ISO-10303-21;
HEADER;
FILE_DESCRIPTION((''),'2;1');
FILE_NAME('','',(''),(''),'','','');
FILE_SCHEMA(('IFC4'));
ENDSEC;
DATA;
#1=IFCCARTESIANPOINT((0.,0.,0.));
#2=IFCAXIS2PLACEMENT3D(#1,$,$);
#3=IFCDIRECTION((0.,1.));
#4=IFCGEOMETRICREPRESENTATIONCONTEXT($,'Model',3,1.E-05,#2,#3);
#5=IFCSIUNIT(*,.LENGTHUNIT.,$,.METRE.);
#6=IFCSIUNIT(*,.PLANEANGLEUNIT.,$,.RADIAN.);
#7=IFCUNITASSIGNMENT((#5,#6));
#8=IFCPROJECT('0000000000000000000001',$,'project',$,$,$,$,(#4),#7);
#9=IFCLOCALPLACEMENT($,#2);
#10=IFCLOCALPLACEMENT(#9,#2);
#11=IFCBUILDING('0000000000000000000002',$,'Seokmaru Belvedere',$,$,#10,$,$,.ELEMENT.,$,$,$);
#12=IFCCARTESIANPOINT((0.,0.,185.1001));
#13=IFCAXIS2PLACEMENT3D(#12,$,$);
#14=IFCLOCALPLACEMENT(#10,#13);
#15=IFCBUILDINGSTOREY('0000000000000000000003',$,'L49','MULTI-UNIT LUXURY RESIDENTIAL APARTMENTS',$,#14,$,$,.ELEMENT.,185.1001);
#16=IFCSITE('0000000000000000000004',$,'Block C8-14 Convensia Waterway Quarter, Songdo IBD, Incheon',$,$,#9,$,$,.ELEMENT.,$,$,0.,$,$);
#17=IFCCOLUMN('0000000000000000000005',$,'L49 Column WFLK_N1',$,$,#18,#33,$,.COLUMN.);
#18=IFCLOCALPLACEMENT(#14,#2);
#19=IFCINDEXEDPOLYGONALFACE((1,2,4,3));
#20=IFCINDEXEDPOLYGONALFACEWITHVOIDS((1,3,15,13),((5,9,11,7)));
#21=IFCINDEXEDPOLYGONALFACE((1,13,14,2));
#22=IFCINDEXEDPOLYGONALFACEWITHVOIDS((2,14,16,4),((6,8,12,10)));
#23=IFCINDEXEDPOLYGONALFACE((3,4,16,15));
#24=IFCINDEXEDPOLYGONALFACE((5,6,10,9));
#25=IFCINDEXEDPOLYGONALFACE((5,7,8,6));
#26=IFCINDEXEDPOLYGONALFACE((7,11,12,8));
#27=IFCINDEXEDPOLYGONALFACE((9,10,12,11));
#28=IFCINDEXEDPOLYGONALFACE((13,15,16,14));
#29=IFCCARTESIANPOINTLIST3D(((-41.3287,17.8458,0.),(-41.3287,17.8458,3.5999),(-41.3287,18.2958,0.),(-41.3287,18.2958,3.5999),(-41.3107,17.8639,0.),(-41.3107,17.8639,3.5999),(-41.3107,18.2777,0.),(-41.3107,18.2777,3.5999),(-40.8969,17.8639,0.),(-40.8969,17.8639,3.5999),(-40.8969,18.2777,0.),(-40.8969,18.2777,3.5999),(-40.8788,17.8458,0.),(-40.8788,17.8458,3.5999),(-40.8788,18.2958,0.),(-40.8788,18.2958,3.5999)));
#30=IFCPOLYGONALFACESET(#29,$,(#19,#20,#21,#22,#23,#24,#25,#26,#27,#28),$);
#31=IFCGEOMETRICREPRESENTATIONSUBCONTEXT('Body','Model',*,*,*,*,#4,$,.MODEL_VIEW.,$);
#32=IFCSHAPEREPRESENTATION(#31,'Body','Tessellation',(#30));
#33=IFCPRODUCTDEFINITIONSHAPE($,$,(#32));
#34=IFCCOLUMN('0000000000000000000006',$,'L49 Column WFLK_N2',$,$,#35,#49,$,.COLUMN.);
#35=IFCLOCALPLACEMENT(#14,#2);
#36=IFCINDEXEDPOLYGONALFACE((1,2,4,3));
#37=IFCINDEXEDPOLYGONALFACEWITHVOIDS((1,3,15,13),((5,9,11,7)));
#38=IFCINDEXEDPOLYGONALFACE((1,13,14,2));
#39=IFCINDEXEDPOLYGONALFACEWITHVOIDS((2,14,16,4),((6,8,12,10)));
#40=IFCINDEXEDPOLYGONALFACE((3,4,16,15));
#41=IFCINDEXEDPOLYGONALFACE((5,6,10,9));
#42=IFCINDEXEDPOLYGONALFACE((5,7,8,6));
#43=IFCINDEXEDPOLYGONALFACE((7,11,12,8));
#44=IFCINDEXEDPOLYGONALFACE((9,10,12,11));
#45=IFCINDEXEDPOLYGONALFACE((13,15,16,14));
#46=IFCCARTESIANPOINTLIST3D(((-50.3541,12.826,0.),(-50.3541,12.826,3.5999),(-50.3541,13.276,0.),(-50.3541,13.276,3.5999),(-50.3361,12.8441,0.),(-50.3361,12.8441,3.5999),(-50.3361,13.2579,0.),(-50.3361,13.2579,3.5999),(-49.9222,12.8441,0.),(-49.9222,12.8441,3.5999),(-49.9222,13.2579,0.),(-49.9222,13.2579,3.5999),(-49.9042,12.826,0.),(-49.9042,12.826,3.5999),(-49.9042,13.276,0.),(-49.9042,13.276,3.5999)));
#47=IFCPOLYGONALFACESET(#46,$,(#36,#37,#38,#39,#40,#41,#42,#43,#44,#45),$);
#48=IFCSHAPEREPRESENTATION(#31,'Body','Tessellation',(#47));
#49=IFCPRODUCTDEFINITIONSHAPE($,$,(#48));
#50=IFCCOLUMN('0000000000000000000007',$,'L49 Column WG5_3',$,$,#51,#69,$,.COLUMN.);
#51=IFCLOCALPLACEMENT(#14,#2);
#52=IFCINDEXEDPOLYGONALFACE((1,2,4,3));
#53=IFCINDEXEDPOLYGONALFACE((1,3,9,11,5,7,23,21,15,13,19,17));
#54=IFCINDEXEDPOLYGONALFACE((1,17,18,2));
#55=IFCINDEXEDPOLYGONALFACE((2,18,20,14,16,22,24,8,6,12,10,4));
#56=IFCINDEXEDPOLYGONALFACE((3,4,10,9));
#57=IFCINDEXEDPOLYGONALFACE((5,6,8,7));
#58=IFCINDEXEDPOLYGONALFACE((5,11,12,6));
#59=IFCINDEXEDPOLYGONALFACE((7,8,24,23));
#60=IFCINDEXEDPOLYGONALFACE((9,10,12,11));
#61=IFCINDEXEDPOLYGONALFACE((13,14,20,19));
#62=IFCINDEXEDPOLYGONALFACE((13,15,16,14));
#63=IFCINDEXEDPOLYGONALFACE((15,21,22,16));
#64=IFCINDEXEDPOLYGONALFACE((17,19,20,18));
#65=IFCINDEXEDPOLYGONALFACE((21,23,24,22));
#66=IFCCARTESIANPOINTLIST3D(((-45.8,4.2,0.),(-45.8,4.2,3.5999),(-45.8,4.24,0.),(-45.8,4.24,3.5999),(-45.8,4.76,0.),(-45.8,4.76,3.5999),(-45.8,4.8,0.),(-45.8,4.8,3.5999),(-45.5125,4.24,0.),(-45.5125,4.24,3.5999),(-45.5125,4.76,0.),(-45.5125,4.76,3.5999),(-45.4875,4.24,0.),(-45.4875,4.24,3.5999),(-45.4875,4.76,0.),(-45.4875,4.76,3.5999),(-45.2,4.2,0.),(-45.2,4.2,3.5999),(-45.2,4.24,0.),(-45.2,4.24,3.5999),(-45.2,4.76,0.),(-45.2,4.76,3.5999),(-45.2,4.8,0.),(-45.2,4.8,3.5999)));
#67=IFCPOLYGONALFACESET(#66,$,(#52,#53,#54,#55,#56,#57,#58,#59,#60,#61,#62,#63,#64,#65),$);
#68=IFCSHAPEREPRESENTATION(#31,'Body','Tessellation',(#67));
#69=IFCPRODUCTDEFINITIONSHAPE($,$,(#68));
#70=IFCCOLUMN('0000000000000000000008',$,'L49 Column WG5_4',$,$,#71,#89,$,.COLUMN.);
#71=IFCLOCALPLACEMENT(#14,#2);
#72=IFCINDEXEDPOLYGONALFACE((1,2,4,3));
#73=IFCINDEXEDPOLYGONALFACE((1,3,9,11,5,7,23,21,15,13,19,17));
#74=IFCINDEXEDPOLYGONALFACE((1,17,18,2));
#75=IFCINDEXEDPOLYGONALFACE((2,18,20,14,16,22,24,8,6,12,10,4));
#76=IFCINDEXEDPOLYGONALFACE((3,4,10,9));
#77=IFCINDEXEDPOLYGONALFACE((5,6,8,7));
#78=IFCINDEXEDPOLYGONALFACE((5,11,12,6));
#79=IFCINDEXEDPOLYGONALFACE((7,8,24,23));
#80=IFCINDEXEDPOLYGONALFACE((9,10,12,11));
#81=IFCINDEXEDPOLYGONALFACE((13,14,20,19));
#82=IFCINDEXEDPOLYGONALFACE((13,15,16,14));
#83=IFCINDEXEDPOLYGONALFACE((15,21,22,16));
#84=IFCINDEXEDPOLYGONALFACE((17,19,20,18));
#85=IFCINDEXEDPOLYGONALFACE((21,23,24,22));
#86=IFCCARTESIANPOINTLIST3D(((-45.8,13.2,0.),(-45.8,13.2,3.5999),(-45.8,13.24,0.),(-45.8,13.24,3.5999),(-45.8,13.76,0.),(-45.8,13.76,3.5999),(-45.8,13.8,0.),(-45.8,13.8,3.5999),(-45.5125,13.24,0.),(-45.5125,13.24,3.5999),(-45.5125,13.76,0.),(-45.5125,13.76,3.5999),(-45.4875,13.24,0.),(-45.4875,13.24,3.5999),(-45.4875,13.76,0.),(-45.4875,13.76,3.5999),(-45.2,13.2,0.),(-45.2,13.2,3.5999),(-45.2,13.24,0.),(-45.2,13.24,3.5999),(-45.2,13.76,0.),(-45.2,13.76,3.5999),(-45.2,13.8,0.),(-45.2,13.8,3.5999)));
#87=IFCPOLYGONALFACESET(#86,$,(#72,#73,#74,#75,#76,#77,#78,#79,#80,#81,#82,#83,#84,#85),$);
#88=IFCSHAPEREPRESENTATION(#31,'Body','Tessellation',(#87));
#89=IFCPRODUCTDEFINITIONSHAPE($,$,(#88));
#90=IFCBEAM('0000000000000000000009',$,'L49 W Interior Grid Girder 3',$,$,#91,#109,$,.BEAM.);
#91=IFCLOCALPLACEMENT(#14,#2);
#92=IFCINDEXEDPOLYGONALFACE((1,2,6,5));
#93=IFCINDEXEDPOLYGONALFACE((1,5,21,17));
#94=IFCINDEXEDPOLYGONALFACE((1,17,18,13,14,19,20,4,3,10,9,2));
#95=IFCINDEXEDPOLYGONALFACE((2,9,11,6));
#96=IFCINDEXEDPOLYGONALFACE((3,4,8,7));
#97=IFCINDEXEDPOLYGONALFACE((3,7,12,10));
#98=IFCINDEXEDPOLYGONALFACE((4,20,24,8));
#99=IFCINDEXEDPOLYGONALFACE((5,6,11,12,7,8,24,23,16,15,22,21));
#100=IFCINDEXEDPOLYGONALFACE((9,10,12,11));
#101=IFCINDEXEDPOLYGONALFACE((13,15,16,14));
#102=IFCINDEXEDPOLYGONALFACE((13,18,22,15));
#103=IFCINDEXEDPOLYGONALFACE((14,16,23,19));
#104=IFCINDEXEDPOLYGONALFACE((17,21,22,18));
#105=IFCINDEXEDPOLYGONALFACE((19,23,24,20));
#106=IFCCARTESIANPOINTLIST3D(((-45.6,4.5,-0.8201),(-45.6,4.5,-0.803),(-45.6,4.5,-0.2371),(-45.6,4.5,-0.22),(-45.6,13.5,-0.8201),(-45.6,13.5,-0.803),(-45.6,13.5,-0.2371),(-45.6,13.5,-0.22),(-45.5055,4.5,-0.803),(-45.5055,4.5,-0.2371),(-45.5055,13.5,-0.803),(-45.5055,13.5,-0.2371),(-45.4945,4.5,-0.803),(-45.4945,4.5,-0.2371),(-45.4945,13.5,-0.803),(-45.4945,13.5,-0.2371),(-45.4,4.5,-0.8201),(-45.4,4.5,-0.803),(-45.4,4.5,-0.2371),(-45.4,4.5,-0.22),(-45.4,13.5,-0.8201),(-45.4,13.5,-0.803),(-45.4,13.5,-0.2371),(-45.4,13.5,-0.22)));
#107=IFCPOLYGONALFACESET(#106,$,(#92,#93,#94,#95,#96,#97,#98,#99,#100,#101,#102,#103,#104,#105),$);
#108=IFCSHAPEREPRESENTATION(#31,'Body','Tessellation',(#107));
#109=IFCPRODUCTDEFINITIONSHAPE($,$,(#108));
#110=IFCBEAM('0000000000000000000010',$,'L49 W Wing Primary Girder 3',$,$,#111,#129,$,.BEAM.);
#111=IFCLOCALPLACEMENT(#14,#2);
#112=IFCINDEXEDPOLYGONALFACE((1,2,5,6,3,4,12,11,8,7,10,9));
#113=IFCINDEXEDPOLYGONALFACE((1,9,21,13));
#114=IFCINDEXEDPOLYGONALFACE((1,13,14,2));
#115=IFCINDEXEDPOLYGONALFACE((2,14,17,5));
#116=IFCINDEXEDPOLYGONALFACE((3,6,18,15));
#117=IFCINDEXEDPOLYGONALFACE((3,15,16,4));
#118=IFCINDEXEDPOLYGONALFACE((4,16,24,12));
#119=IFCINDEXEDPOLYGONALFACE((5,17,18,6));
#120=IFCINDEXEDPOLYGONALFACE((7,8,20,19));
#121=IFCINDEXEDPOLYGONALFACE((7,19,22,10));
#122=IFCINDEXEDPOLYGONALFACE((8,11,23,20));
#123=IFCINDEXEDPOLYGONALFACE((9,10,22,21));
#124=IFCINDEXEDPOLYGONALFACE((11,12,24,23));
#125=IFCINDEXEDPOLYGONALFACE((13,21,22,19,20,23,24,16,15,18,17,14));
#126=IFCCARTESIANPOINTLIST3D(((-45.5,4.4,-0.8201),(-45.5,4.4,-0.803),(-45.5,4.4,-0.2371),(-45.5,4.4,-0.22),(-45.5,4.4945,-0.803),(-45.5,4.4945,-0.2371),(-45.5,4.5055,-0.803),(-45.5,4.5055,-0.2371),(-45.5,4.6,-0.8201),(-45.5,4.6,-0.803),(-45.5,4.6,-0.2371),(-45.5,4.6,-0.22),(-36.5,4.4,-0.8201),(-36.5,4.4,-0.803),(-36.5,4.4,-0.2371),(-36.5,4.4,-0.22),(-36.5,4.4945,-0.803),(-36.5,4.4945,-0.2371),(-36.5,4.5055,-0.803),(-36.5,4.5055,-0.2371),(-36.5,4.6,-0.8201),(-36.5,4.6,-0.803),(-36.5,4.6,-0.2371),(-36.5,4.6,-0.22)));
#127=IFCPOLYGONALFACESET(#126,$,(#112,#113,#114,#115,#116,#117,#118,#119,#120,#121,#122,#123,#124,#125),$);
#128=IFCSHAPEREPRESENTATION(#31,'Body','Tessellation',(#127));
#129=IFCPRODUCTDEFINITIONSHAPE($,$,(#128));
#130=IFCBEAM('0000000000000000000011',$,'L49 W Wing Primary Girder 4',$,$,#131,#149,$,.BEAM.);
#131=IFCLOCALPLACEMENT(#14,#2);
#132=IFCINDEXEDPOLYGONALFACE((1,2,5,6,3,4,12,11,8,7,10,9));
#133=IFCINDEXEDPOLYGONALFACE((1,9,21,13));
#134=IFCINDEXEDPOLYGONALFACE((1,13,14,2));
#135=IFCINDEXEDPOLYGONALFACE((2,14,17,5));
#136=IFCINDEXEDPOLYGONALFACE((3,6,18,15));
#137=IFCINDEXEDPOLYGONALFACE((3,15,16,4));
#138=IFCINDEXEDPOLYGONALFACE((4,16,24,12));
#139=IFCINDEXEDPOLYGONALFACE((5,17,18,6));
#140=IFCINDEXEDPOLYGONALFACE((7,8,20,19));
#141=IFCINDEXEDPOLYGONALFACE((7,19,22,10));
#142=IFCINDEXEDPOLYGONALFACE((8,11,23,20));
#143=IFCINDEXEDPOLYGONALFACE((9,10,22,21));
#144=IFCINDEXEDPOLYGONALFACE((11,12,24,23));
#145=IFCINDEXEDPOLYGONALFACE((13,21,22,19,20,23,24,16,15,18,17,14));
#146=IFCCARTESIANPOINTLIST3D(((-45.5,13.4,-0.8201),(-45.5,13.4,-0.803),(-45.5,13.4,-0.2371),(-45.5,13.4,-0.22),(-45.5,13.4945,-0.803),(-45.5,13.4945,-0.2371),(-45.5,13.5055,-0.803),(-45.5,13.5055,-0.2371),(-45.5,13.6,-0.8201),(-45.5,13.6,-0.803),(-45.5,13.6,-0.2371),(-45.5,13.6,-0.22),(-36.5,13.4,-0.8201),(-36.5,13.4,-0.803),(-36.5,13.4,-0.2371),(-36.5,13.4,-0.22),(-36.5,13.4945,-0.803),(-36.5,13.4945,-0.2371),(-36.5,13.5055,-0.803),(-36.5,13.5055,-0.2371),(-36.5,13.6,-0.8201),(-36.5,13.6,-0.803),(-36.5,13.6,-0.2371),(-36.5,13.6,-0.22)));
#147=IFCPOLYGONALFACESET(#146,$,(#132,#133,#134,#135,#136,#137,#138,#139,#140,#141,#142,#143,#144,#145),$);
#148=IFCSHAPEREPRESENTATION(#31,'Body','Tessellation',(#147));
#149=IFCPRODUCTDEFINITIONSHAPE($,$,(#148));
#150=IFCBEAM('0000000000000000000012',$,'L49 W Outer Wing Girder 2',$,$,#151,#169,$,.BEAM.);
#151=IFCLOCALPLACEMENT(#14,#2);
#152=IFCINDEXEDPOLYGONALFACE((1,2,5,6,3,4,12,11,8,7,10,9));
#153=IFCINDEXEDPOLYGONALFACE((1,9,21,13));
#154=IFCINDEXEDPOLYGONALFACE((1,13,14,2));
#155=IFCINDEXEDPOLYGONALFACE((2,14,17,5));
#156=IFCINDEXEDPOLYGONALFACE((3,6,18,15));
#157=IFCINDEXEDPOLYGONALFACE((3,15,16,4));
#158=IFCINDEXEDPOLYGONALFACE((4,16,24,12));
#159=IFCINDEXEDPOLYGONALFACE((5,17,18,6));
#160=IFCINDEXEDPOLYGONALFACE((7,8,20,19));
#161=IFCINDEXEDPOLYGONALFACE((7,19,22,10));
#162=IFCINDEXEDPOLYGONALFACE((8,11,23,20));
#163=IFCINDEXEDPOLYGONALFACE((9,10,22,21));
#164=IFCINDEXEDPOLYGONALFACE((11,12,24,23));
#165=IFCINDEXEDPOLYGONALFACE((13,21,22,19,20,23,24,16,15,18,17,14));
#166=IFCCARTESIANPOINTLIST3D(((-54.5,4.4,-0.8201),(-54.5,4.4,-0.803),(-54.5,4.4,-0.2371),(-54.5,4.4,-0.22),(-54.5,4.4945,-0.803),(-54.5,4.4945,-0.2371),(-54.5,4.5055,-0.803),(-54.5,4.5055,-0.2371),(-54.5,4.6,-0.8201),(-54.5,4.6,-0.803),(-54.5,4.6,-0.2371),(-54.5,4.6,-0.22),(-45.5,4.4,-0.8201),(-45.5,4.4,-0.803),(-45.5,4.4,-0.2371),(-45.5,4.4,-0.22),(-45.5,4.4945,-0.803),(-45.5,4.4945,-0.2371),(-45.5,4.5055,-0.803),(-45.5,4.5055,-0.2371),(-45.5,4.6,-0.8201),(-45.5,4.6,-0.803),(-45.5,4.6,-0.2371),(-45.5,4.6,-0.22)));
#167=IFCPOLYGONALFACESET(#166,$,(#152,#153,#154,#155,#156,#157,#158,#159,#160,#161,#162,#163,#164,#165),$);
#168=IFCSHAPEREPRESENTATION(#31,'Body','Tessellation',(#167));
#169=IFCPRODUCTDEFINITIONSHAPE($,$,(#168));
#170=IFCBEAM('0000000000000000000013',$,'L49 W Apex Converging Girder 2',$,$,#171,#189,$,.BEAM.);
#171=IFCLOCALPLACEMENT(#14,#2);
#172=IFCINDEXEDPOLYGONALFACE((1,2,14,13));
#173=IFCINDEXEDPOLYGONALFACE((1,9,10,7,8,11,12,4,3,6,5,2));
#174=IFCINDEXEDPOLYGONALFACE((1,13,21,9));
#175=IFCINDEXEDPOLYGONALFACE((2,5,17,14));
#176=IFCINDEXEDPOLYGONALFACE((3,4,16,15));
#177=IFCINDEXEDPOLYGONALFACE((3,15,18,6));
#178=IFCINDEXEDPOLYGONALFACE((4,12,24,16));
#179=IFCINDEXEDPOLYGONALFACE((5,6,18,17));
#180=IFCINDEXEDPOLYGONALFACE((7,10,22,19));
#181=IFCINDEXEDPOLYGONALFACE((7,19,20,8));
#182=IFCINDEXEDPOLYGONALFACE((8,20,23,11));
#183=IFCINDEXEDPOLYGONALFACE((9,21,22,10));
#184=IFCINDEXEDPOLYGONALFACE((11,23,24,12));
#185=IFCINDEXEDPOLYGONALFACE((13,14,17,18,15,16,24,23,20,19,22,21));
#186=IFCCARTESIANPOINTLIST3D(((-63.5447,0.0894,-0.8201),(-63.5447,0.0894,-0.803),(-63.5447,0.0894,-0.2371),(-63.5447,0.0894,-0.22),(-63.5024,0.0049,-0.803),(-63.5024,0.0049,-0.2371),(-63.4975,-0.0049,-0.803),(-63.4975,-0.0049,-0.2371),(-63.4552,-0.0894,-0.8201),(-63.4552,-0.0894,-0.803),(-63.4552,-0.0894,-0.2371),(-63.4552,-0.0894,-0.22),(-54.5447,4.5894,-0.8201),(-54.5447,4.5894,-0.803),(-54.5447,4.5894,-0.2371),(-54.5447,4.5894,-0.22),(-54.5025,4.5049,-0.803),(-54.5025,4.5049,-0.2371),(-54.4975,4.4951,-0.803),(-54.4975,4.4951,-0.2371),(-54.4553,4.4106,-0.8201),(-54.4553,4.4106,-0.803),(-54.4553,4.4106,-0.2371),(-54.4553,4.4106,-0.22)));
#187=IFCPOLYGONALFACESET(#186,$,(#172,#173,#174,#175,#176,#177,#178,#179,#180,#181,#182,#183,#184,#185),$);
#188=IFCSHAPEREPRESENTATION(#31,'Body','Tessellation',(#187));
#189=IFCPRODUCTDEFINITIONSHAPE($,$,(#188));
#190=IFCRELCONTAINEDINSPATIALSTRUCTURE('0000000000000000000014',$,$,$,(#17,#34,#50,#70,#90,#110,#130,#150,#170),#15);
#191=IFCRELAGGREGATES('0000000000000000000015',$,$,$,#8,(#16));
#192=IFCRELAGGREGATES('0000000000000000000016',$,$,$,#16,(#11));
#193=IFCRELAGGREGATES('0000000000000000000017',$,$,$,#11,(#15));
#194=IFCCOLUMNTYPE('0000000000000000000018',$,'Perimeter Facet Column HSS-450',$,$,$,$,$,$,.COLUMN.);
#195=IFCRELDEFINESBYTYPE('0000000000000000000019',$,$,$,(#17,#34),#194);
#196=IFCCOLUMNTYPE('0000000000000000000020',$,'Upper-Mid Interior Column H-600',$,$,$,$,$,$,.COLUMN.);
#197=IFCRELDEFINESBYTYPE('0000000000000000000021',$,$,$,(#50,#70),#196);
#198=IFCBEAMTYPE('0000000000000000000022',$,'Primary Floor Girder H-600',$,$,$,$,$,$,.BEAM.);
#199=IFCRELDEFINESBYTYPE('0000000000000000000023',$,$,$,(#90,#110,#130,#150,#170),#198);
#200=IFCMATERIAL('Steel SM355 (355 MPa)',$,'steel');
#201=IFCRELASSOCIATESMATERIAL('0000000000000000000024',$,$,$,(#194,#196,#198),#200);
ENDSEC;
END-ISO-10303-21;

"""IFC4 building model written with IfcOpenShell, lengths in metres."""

from ifc_helpers import new_model, si_unit, direction, frame, origin, origin_2d, place, context, subcontext, project, spatial, hollow_rectangle, i_section, extrude, source, transform, mapped, material, material_profile, profile_set, type_object, type_shapes, element, save


model = new_model("IFC4")

# Units and contexts
model_context = context("Model", 3, precision=1e-05, world=origin(), true_north=direction((0.0, 1.0)))
body_context = subcontext(model_context, "Body", "Model", "MODEL_VIEW")
ifc_project = project(units=[si_unit("LENGTHUNIT", "METRE"), si_unit("PLANEANGLEUNIT", "RADIAN")], contexts=[model_context])

# Site, building, storey
site_placement = place(None, origin())
site = spatial("IfcSite", under=ifc_project, at=site_placement, Name="Block C8-14 Convensia Waterway Quarter, Songdo IBD, Incheon", CompositionType="ELEMENT", RefElevation=0.0)
building_placement = place(site_placement, origin())
building = spatial("IfcBuilding", under=site, at=building_placement, Name="Seokmaru Belvedere", CompositionType="ELEMENT")
storey_placement = place(building_placement, frame((0.0, 0.0, 185.1001)))
storey = spatial("IfcBuildingStorey", under=building, at=storey_placement, Name="L49", Description="MULTI-UNIT LUXURY RESIDENTIAL APARTMENTS", CompositionType="ELEMENT", Elevation=185.1001)

# Columns
ifc_material_1 = material(Name="Steel SM355 (355 MPa)", Category="steel")
ifc_material_profile_1 = material_profile(ifc_material_1, hollow_rectangle(XDim=0.45, YDim=0.45, WallThickness=0.0181, at=origin_2d()), Name="HSS-450x450x18")
ifc_profile_set_1 = profile_set([ifc_material_profile_1], Name="Steel SM355 (355 MPa)")
column_type_1 = type_object("IfcColumnType", Name="Perimeter Facet Column HSS-450", PredefinedType="COLUMN", material=ifc_profile_set_1)
shared_shape_1 = source(origin(), body_context, "Body", "SweptSolid", [
    extrude(hollow_rectangle(XDim=0.45, YDim=0.45, WallThickness=0.0181, at=origin_2d()), origin(), (0.0, 0.0, 1.0), 3.5999),
])
type_shapes(column_type_1, [shared_shape_1])
for number, where, z_axis, x_axis, name in (
    (1, (-41.1038, 18.0708, 0.0), (0.0, 0.0, 1.0), (1.0, 0.0, 0.0), "L49 Column WFLK_N1"),
    (2, (-50.1292, 13.051, 0.0), (0.0, 0.0, 1.0), (1.0, 0.0, 0.0), "L49 Column WFLK_N2"),
):
    element("IfcColumn", number, at=place(storey_placement, frame(where, z_axis=z_axis, x_axis=x_axis)), inside=storey, type_object=column_type_1, Name=name, PredefinedType="COLUMN", context=body_context, shape_type="MappedRepresentation", body=[
        mapped(shared_shape_1, transform((0.0, 0.0, 0.0), scale=1.0)),
    ])
ifc_material_profile_2 = material_profile(ifc_material_1, i_section(OverallWidth=0.6001, OverallDepth=0.6001, WebThickness=0.0249, FlangeThickness=0.04, at=origin_2d()), Name="H-600x600x25x40")
ifc_profile_set_2 = profile_set([ifc_material_profile_2], Name="Steel SM355 (355 MPa)")
column_type_2 = type_object("IfcColumnType", Name="Upper-Mid Interior Column H-600", PredefinedType="COLUMN", material=ifc_profile_set_2)
shared_shape_2 = source(origin(), body_context, "Body", "SweptSolid", [
    extrude(i_section(OverallWidth=0.6001, OverallDepth=0.6001, WebThickness=0.0249, FlangeThickness=0.04, at=origin_2d()), origin(), (0.0, 0.0, 1.0), 3.5999),
])
type_shapes(column_type_2, [shared_shape_2])
for number, where, z_axis, x_axis, name in (
    (3, (-45.5, 4.5, 0.0), (0.0, 0.0, 1.0), (1.0, 0.0, 0.0), "L49 Column WG5_3"),
    (4, (-45.5, 13.5, 0.0), (0.0, 0.0, 1.0), (1.0, 0.0, 0.0), "L49 Column WG5_4"),
):
    element("IfcColumn", number, at=place(storey_placement, frame(where, z_axis=z_axis, x_axis=x_axis)), inside=storey, type_object=column_type_2, Name=name, PredefinedType="COLUMN", context=body_context, shape_type="MappedRepresentation", body=[
        mapped(shared_shape_2, transform((0.0, 0.0, 0.0), scale=1.0)),
    ])

# Beams
ifc_material_profile_3 = material_profile(ifc_material_1, i_section(OverallWidth=0.2, OverallDepth=0.6001, WebThickness=0.011, FlangeThickness=0.0171, at=origin_2d()), Name="H-600x200x11x17")
ifc_profile_set_3 = profile_set([ifc_material_profile_3], Name="Steel SM355 (355 MPa)")
beam_type_1 = type_object("IfcBeamType", Name="Primary Floor Girder H-600", PredefinedType="BEAM", material=ifc_profile_set_3)
shared_shape_3 = source(origin(), body_context, "Body", "SweptSolid", [
    extrude(i_section(OverallWidth=0.2, OverallDepth=0.6001, WebThickness=0.011, FlangeThickness=0.0171, at=origin_2d()), origin(), (0.0, 0.0, 1.0), 9.0),
])
for number, where, z_axis, x_axis, name in (
    (5, (-45.5, 4.5, -0.52), (0.0, 1.0, 0.0), (-1.0, 0.0, 0.0), "L49 W Interior Grid Girder 3"),
    (6, (-45.5, 4.5, -0.52), (1.0, 0.0, 0.0), (0.0, 1.0, 0.0), "L49 W Wing Primary Girder 3"),
    (7, (-45.5, 13.5, -0.52), (1.0, 0.0, 0.0), (0.0, 1.0, 0.0), "L49 W Wing Primary Girder 4"),
    (8, (-54.5, 4.5, -0.52), (1.0, 0.0, 0.0), (0.0, 1.0, 0.0), "L49 W Outer Wing Girder 2"),
):
    element("IfcBeam", number, at=place(storey_placement, frame(where, z_axis=z_axis, x_axis=x_axis)), inside=storey, type_object=beam_type_1, Name=name, PredefinedType="BEAM", context=body_context, shape_type="MappedRepresentation", body=[
        mapped(shared_shape_3, transform((0.0, 0.0, 0.0), scale=1.0)),
    ])
shared_shape_4 = source(origin(), body_context, "Body", "SweptSolid", [
    extrude(i_section(OverallWidth=0.2, OverallDepth=0.6001, WebThickness=0.011, FlangeThickness=0.0171, at=origin_2d()), origin(), (0.0, 0.0, 1.0), 10.0623),
])
beam_1_placement = place(storey_placement, frame((-54.5, 4.5, -0.52), z_axis=(-0.894427, -0.447214, 0.0), x_axis=(0.447214, -0.894427, 0.0)))
element("IfcBeam", 9, at=beam_1_placement, inside=storey, type_object=beam_type_1, Name="L49 W Apex Converging Girder 2", PredefinedType="BEAM", context=body_context, shape_type="MappedRepresentation", body=[
    mapped(shared_shape_4, transform((0.0, 0.0, 0.0), scale=1.0)),
])

save(model, "model.ifc")
